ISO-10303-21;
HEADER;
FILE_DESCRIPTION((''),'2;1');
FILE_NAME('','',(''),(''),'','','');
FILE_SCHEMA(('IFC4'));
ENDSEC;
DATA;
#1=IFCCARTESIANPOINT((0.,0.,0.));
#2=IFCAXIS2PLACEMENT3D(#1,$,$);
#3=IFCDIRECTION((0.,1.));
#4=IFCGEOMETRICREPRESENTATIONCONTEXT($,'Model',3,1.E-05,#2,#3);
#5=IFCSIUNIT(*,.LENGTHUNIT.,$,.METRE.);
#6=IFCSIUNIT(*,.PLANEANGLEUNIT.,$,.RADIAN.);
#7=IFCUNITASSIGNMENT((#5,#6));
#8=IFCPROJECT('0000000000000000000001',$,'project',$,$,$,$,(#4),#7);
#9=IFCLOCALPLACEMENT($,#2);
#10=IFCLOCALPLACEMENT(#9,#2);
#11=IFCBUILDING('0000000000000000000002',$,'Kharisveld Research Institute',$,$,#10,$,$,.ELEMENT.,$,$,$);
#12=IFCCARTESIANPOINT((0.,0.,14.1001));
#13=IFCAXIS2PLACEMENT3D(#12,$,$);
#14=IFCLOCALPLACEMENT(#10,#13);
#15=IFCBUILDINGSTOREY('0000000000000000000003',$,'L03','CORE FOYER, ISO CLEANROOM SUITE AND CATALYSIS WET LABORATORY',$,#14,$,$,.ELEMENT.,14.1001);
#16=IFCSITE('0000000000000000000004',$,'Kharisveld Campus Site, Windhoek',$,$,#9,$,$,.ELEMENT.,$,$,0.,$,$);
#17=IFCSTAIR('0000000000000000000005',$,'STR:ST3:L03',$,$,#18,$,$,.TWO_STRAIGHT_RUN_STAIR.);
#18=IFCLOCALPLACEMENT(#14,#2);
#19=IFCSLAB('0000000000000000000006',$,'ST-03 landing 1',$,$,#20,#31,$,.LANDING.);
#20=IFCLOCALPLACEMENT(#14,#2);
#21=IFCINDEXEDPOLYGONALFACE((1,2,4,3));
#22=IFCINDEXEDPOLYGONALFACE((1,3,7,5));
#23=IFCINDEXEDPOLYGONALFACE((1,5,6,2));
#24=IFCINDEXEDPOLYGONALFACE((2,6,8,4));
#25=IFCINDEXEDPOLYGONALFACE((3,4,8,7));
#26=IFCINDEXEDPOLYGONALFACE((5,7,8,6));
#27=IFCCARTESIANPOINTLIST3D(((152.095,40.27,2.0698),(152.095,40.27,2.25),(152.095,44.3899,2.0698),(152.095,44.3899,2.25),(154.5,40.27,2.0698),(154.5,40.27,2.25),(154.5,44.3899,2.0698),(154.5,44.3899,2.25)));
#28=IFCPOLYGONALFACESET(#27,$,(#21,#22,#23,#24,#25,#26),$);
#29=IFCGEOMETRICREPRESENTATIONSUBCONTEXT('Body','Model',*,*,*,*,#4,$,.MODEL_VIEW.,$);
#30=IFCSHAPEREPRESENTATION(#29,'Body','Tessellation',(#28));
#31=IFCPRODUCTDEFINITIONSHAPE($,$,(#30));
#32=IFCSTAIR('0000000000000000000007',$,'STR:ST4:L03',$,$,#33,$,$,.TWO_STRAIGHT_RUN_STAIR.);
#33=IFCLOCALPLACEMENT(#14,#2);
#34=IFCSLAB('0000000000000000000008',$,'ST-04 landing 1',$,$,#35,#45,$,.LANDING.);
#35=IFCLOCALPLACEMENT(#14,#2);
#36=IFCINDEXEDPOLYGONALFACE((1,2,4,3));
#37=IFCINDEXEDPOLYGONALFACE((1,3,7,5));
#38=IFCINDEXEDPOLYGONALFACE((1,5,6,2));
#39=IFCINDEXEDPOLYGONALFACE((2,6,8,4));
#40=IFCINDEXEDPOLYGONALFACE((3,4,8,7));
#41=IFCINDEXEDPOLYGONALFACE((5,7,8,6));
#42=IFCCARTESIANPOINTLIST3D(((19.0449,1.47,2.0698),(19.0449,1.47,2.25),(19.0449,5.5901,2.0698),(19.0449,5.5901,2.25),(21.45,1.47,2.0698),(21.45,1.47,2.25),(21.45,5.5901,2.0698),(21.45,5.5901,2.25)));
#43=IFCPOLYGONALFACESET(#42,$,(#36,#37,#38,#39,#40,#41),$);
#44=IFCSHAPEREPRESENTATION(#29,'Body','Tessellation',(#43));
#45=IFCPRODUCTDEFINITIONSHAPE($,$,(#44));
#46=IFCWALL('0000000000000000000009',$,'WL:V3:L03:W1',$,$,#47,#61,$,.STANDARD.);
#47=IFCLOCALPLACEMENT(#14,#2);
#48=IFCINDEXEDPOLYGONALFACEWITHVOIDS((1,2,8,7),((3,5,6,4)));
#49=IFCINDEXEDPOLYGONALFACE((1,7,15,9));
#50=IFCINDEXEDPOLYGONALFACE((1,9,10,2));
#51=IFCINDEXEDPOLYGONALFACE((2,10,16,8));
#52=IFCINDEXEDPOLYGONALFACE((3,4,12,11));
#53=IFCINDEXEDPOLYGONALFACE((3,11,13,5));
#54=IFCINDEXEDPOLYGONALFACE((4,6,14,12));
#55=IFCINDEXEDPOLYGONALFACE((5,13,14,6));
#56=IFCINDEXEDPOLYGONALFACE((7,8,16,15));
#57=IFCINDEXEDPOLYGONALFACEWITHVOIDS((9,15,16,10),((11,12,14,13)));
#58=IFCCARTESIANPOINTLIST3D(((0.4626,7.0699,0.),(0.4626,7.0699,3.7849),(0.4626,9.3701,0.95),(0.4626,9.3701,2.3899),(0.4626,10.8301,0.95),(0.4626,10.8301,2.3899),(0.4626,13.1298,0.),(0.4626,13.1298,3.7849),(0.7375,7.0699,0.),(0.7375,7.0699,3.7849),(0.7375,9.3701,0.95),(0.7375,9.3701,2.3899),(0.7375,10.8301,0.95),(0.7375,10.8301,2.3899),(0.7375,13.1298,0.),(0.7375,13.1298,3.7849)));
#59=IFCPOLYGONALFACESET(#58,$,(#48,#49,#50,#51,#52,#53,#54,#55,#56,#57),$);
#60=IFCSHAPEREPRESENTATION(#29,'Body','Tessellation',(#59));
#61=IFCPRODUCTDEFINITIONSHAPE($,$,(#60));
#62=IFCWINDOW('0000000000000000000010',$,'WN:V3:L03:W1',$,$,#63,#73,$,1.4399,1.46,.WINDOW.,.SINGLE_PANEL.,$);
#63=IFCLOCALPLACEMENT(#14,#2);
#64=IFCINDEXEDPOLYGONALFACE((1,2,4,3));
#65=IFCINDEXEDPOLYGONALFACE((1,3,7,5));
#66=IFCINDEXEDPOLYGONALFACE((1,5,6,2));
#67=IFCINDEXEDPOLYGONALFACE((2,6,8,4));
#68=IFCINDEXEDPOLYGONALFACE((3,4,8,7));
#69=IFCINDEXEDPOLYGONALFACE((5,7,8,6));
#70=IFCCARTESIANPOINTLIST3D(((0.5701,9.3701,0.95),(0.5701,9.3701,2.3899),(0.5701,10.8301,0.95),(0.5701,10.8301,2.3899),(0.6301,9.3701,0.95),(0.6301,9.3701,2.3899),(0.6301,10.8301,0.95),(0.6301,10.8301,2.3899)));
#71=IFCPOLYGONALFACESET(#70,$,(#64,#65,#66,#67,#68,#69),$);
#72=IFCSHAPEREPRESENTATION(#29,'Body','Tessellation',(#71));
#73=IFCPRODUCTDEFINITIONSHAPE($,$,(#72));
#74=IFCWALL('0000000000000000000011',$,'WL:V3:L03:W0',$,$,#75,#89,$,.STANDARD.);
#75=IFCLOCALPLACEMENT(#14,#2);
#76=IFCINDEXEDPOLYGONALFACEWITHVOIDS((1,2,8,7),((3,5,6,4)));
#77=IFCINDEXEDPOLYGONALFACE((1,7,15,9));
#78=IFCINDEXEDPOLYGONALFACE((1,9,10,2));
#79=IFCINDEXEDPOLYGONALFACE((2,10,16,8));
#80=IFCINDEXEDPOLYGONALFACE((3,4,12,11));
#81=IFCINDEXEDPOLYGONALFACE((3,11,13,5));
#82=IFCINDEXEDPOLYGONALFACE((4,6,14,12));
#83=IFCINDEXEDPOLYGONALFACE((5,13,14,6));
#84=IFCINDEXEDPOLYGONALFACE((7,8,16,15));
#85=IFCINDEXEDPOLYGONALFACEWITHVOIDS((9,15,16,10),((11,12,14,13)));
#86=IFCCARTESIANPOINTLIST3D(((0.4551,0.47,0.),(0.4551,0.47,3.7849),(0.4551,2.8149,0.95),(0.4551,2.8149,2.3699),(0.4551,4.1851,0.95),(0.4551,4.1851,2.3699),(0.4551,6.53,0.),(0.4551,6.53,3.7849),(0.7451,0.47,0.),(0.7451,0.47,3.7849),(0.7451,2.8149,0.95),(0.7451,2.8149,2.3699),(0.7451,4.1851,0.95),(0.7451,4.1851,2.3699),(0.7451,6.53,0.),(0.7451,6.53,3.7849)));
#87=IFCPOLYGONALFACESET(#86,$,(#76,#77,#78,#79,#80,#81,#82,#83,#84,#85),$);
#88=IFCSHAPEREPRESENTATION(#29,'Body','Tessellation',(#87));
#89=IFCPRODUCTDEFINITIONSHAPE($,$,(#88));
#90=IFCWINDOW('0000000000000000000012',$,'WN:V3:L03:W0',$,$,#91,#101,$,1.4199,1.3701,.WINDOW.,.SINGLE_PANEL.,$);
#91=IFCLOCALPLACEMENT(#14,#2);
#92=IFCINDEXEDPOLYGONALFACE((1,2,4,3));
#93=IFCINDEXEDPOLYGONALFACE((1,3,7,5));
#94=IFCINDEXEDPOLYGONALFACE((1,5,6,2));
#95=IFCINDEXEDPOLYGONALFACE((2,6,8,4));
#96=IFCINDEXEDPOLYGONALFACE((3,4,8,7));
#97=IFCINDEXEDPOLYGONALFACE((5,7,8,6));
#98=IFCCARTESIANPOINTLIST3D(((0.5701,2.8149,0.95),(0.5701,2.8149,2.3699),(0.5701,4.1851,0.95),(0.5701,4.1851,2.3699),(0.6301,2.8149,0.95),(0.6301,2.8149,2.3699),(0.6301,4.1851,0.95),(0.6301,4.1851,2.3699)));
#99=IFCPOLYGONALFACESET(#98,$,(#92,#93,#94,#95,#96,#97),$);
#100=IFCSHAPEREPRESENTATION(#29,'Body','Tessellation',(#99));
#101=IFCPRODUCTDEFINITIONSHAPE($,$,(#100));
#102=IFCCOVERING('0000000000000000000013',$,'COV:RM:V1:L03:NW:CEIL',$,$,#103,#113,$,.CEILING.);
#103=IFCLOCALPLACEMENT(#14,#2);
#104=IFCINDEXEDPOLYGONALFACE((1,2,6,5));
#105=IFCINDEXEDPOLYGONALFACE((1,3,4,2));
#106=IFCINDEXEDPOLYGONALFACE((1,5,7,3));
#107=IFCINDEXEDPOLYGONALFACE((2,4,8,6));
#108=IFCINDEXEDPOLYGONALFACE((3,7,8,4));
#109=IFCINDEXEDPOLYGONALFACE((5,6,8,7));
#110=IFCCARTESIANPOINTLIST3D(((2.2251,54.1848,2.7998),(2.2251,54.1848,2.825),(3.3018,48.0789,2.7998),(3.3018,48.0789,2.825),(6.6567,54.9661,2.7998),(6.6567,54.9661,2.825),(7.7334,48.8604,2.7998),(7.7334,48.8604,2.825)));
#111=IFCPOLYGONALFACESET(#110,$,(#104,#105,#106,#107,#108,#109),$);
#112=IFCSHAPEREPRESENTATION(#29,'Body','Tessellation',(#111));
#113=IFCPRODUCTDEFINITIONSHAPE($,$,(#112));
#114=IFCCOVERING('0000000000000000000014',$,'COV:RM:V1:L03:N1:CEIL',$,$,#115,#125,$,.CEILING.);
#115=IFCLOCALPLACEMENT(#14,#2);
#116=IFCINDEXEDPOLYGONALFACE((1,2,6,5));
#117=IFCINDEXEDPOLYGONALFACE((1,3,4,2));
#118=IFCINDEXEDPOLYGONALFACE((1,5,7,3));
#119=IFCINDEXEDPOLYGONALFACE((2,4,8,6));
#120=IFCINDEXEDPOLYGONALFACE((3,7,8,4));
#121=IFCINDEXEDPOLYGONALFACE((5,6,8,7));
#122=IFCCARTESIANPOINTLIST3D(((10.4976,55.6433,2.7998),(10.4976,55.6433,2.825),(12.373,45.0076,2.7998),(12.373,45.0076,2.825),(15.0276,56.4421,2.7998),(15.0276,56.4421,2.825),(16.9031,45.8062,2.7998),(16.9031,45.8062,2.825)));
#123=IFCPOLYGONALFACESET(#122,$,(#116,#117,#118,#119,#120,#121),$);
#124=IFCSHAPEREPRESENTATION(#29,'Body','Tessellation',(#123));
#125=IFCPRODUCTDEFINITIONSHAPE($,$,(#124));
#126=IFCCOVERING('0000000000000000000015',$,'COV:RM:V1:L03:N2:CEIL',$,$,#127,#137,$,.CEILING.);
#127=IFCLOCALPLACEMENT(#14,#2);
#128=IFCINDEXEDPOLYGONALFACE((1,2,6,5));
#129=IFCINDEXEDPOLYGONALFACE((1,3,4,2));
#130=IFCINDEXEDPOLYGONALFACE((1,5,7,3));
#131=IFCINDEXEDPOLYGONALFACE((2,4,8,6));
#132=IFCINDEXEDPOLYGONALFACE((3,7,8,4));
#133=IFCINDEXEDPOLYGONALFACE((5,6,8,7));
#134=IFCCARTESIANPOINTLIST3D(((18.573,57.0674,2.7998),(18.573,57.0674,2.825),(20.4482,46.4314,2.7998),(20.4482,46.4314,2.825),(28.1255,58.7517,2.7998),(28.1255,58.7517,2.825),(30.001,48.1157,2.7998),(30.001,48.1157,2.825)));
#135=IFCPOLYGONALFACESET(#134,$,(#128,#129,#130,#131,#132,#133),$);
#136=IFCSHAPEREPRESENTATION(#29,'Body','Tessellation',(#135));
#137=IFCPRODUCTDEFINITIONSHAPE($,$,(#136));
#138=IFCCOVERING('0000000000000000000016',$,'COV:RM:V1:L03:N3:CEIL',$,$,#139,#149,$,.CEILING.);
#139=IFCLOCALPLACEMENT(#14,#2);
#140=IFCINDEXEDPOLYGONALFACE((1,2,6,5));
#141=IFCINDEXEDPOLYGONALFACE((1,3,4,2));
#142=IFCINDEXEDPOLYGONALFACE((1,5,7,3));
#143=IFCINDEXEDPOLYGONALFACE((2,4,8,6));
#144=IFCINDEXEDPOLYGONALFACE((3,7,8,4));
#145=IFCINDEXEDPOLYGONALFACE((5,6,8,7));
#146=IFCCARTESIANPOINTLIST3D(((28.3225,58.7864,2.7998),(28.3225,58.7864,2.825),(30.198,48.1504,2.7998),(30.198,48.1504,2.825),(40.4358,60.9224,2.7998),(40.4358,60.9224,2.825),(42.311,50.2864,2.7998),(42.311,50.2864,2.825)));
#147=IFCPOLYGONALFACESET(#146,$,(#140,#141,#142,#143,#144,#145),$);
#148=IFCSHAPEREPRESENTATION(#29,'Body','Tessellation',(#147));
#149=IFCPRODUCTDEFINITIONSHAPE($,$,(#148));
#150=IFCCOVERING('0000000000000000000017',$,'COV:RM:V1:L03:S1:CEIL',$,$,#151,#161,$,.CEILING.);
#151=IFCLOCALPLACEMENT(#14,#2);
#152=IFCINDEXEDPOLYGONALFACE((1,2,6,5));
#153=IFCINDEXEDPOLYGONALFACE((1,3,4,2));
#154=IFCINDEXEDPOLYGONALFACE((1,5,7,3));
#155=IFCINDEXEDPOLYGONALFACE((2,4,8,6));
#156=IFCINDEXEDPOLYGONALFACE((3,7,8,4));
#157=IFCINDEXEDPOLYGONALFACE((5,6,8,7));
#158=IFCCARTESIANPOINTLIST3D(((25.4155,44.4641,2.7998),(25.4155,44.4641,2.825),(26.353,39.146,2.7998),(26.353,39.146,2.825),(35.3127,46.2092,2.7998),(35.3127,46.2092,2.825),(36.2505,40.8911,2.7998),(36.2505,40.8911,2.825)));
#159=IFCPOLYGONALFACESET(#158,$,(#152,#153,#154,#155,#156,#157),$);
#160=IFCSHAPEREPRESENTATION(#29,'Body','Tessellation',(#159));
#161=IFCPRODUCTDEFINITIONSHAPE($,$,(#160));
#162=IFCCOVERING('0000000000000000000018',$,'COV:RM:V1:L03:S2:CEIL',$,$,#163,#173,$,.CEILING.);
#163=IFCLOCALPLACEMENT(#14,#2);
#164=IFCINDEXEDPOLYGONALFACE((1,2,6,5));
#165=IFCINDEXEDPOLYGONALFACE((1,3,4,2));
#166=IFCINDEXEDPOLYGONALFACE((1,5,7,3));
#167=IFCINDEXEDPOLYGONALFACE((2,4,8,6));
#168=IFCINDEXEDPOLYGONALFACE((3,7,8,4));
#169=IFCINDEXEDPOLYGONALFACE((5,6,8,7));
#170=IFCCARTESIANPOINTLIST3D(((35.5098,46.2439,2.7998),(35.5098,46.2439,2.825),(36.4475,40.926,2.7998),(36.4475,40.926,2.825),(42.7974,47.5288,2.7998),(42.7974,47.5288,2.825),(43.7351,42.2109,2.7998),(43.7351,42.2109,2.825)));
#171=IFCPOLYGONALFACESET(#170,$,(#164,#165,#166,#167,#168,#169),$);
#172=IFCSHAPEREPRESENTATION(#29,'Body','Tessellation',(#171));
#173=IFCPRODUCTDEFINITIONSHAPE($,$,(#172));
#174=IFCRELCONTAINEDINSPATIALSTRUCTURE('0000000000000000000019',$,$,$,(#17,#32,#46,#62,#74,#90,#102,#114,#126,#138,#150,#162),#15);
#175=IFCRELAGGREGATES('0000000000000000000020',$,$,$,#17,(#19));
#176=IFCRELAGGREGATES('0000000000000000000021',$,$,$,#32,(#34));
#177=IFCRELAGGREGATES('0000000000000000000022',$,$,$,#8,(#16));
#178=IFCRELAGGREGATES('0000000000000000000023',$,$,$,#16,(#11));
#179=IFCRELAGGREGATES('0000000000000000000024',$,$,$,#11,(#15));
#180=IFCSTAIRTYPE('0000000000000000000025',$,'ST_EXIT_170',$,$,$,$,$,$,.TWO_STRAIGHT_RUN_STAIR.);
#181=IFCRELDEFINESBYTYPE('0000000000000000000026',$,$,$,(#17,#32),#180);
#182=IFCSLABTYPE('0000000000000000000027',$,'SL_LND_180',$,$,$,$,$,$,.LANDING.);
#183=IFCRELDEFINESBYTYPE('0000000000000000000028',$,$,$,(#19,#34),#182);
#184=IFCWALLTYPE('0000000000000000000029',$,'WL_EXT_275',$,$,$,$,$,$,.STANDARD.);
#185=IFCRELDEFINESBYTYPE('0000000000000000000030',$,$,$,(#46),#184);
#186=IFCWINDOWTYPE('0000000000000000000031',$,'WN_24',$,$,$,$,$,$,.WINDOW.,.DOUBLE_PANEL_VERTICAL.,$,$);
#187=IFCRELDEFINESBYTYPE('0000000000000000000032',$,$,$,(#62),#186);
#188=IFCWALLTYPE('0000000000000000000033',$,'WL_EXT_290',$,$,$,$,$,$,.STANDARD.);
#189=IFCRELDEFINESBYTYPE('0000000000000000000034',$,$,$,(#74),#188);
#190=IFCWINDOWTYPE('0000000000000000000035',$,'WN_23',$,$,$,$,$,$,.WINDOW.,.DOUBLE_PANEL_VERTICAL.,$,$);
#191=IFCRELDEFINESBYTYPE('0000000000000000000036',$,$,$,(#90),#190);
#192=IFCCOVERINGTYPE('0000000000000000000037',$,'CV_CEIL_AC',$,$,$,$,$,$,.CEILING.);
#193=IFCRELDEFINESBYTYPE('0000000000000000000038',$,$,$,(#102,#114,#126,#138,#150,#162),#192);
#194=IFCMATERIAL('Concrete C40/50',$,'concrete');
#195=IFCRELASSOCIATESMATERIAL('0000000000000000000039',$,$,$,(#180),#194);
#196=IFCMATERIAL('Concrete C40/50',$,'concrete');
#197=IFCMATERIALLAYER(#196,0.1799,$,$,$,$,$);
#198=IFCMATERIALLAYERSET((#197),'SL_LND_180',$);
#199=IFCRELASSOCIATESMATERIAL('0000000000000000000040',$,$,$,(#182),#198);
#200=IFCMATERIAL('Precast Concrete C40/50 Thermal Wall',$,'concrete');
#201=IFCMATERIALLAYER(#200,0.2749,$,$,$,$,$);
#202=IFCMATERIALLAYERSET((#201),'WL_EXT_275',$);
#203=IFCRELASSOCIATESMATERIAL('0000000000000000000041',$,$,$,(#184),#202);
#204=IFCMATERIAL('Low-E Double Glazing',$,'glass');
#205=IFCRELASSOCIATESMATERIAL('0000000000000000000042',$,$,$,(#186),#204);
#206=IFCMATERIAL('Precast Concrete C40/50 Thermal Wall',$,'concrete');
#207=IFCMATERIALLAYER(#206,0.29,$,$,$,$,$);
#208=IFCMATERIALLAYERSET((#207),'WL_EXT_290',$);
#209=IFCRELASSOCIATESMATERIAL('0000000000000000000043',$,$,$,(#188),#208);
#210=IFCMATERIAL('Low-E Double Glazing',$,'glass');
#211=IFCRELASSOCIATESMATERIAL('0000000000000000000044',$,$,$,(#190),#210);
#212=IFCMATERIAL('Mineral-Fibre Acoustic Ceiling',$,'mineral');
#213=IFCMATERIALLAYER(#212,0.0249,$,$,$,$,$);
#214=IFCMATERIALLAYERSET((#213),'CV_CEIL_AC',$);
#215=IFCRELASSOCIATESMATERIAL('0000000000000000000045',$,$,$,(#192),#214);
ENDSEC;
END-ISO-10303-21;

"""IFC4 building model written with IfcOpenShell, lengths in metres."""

from ifc_helpers import new_model, si_unit, direction, frame, frame_2d, origin, place, context, subcontext, project, spatial, polyline, rectangle, outline, extrude, material, layer, layer_set, type_object, element, fill, aggregate, save


model = new_model("IFC4")

# Units and contexts
model_context = context("Model", 3, precision=1e-05, world=origin(), true_north=direction((0.0, 1.0)))
body_context = subcontext(model_context, "Body", "Model", "MODEL_VIEW")
ifc_project = project(units=[si_unit("LENGTHUNIT", "METRE"), si_unit("PLANEANGLEUNIT", "RADIAN")], contexts=[model_context])

# Site, building, storey
site_placement = place(None, origin())
site = spatial("IfcSite", under=ifc_project, at=site_placement, Name="Kharisveld Campus Site, Windhoek", CompositionType="ELEMENT", RefElevation=0.0)
building_placement = place(site_placement, origin())
building = spatial("IfcBuilding", under=site, at=building_placement, Name="Kharisveld Research Institute", CompositionType="ELEMENT")
storey_placement = place(building_placement, frame((0.0, 0.0, 14.1001)))
storey = spatial("IfcBuildingStorey", under=building, at=storey_placement, Name="L03", Description="CORE FOYER, ISO CLEANROOM SUITE AND CATALYSIS WET LABORATORY", CompositionType="ELEMENT", Elevation=14.1001)

# Stairs, slabs
ifc_material_1 = material(Name="Concrete C40/50", Category="concrete")
stair_type = type_object("IfcStairType", Name="ST_EXIT_170", PredefinedType="TWO_STRAIGHT_RUN_STAIR", material=ifc_material_1)
ifc_material_2 = material(Name="Concrete C40/50", Category="concrete")
ifc_layer_1 = layer(ifc_material_2, 0.1799)
ifc_layer_set_1 = layer_set([ifc_layer_1], Name="SL_LND_180")
slab_type_1 = type_object("IfcSlabType", Name="SL_LND_180", PredefinedType="LANDING", material=ifc_layer_set_1)
stair_1_placement = place(storey_placement, origin())
stair_1 = element("IfcStair", 1, at=stair_1_placement, inside=storey, type_object=stair_type, Name="STR:ST3:L03", PredefinedType="TWO_STRAIGHT_RUN_STAIR")
slab_1_placement = place(storey_placement, frame((0.0, 0.0, 2.0698)))
slab_1 = element("IfcSlab", 2, at=slab_1_placement, type_object=slab_type_1, Name="ST-03 landing 1", PredefinedType="LANDING", context=body_context, shape_type="SweptSolid", body=[
    extrude(outline(polyline([(152.095, 40.27), (154.5, 40.27), (154.5, 44.3899), (152.095, 44.3899), (152.095, 40.27)])), origin(), (0.0, 0.0, 1.0), 0.1802),
])
aggregate(stair_1, [slab_1])
stair_2_placement = place(storey_placement, origin())
stair_2 = element("IfcStair", 3, at=stair_2_placement, inside=storey, type_object=stair_type, Name="STR:ST4:L03", PredefinedType="TWO_STRAIGHT_RUN_STAIR")
slab_2_placement = place(storey_placement, frame((0.0, 0.0, 2.0698)))
slab_2 = element("IfcSlab", 4, at=slab_2_placement, type_object=slab_type_1, Name="ST-04 landing 1", PredefinedType="LANDING", context=body_context, shape_type="SweptSolid", body=[
    extrude(outline(polyline([(19.0449, 1.47), (21.45, 1.47), (21.45, 5.5901), (19.0449, 5.5901), (19.0449, 1.47)])), origin(), (0.0, 0.0, 1.0), 0.1802),
])
aggregate(stair_2, [slab_2])

# Walls, openings, windows
ifc_material_3 = material(Name="Precast Concrete C40/50 Thermal Wall", Category="concrete")
ifc_layer_2 = layer(ifc_material_3, 0.2749)
ifc_layer_set_2 = layer_set([ifc_layer_2], Name="WL_EXT_275")
wall_type_1 = type_object("IfcWallType", Name="WL_EXT_275", PredefinedType="STANDARD", material=ifc_layer_set_2)
wall_1_placement = place(storey_placement, frame((0.6001, 7.0701, 0.0), z_axis=(0.0, 0.0, 1.0), x_axis=(0.0, 1.0, 0.0)))
wall_1 = element("IfcWall", 5, at=wall_1_placement, inside=storey, type_object=wall_type_1, Name="WL:V3:L03:W1", PredefinedType="STANDARD", context=body_context, shape_type="SweptSolid", body=[
    extrude(rectangle(XDim=6.0598, YDim=0.2749, at=frame_2d((3.0298, 0.0))), origin(), (0.0, 0.0, 1.0), 3.7849),
])
opening_1_placement = place(wall_1_placement, frame((2.3, 0.0, 0.95)))
opening_1 = element("IfcOpeningElement", 6, at=opening_1_placement, cuts=wall_1, PredefinedType="OPENING", context=body_context, shape_type="SweptSolid", body=[
    extrude(rectangle(XDim=1.46, YDim=1.4399, at=frame_2d((0.73, 0.72))), frame((0.0, 0.1375, 0.0), z_axis=(0.0, -1.0, 0.0), x_axis=(1.0, 0.0, 0.0)), (0.0, 0.0, 1.0), 0.2749),
])
ifc_material_4 = material(Name="Low-E Double Glazing", Category="glass")
window_type_1 = type_object("IfcWindowType", Name="WN_24", PartitioningType="DOUBLE_PANEL_VERTICAL", PredefinedType="WINDOW", material=ifc_material_4)
window_1_placement = place(opening_1_placement, origin())
window_1 = element("IfcWindow", 7, at=window_1_placement, inside=storey, type_object=window_type_1, Name="WN:V3:L03:W1", OverallHeight=1.4399, OverallWidth=1.46, PartitioningType="SINGLE_PANEL", PredefinedType="WINDOW", context=body_context, shape_type="SweptSolid", body=[
    extrude(rectangle(XDim=1.46, YDim=1.4399, at=frame_2d((0.73, 0.72))), frame((0.0, 0.03, 0.0), z_axis=(0.0, -1.0, 0.0), x_axis=(1.0, 0.0, 0.0)), (0.0, 0.0, 1.0), 0.0601),
])
fill(opening_1, window_1)
ifc_material_5 = material(Name="Precast Concrete C40/50 Thermal Wall", Category="concrete")
ifc_layer_3 = layer(ifc_material_5, 0.29)
ifc_layer_set_3 = layer_set([ifc_layer_3], Name="WL_EXT_290")
wall_type_2 = type_object("IfcWallType", Name="WL_EXT_290", PredefinedType="STANDARD", material=ifc_layer_set_3)
wall_2_placement = place(storey_placement, frame((0.6001, 0.47, 0.0), z_axis=(0.0, 0.0, 1.0), x_axis=(0.0, 1.0, 0.0)))
wall_2 = element("IfcWall", 8, at=wall_2_placement, inside=storey, type_object=wall_type_2, Name="WL:V3:L03:W0", PredefinedType="STANDARD", context=body_context, shape_type="SweptSolid", body=[
    extrude(rectangle(XDim=6.0601, YDim=0.29, at=frame_2d((3.03, 0.0))), origin(), (0.0, 0.0, 1.0), 3.7849),
])
opening_2_placement = place(wall_2_placement, frame((2.345, 0.0, 0.95)))
opening_2 = element("IfcOpeningElement", 9, at=opening_2_placement, cuts=wall_2, PredefinedType="OPENING", context=body_context, shape_type="SweptSolid", body=[
    extrude(rectangle(XDim=1.3701, YDim=1.4199, at=frame_2d((0.6851, 0.71))), frame((0.0, 0.145, 0.0), z_axis=(0.0, -1.0, 0.0), x_axis=(1.0, 0.0, 0.0)), (0.0, 0.0, 1.0), 0.29),
])
ifc_material_6 = material(Name="Low-E Double Glazing", Category="glass")
window_type_2 = type_object("IfcWindowType", Name="WN_23", PartitioningType="DOUBLE_PANEL_VERTICAL", PredefinedType="WINDOW", material=ifc_material_6)
window_2_placement = place(opening_2_placement, origin())
window_2 = element("IfcWindow", 10, at=window_2_placement, inside=storey, type_object=window_type_2, Name="WN:V3:L03:W0", OverallHeight=1.4199, OverallWidth=1.3701, PartitioningType="SINGLE_PANEL", PredefinedType="WINDOW", context=body_context, shape_type="SweptSolid", body=[
    extrude(rectangle(XDim=1.3701, YDim=1.4199, at=frame_2d((0.6851, 0.71))), frame((0.0, 0.03, 0.0), z_axis=(0.0, -1.0, 0.0), x_axis=(1.0, 0.0, 0.0)), (0.0, 0.0, 1.0), 0.0601),
])
fill(opening_2, window_2)

# Coverings
ifc_material_7 = material(Name="Mineral-Fibre Acoustic Ceiling", Category="mineral")
ifc_layer_4 = layer(ifc_material_7, 0.0249)
ifc_layer_set_4 = layer_set([ifc_layer_4], Name="CV_CEIL_AC")
covering_type_1 = type_object("IfcCoveringType", Name="CV_CEIL_AC", PredefinedType="CEILING", material=ifc_layer_set_4)
covering_1_placement = place(storey_placement, frame((0.0, 0.0, 2.7998)))
element("IfcCovering", 11, at=covering_1_placement, inside=storey, type_object=covering_type_1, Name="COV:RM:V1:L03:NW:CEIL", PredefinedType="CEILING", context=body_context, shape_type="SweptSolid", body=[
    extrude(outline(polyline([(3.3018, 48.0789), (7.7334, 48.8604), (6.6567, 54.9661), (2.2251, 54.1848), (3.3018, 48.0789)])), origin(), (0.0, 0.0, 1.0), 0.0251),
])
covering_2_placement = place(storey_placement, frame((0.0, 0.0, 2.7998)))
element("IfcCovering", 12, at=covering_2_placement, inside=storey, type_object=covering_type_1, Name="COV:RM:V1:L03:N1:CEIL", PredefinedType="CEILING", context=body_context, shape_type="SweptSolid", body=[
    extrude(outline(polyline([(12.373, 45.0076), (16.9031, 45.8062), (15.0276, 56.4421), (10.4976, 55.6433), (12.373, 45.0076)])), origin(), (0.0, 0.0, 1.0), 0.0251),
])
covering_3_placement = place(storey_placement, frame((0.0, 0.0, 2.7998)))
element("IfcCovering", 13, at=covering_3_placement, inside=storey, type_object=covering_type_1, Name="COV:RM:V1:L03:N2:CEIL", PredefinedType="CEILING", context=body_context, shape_type="SweptSolid", body=[
    extrude(outline(polyline([(20.4482, 46.4314), (30.001, 48.1157), (28.1255, 58.7517), (18.573, 57.0674), (20.4482, 46.4314)])), origin(), (0.0, 0.0, 1.0), 0.0251),
])
covering_4_placement = place(storey_placement, frame((0.0, 0.0, 2.7998)))
element("IfcCovering", 14, at=covering_4_placement, inside=storey, type_object=covering_type_1, Name="COV:RM:V1:L03:N3:CEIL", PredefinedType="CEILING", context=body_context, shape_type="SweptSolid", body=[
    extrude(outline(polyline([(30.198, 48.1504), (42.311, 50.2864), (40.4358, 60.9224), (28.3225, 58.7864), (30.198, 48.1504)])), origin(), (0.0, 0.0, 1.0), 0.0251),
])
covering_5_placement = place(storey_placement, frame((0.0, 0.0, 2.7998)))
element("IfcCovering", 15, at=covering_5_placement, inside=storey, type_object=covering_type_1, Name="COV:RM:V1:L03:S1:CEIL", PredefinedType="CEILING", context=body_context, shape_type="SweptSolid", body=[
    extrude(outline(polyline([(26.353, 39.146), (36.2505, 40.8911), (35.3127, 46.2092), (25.4155, 44.4641), (26.353, 39.146)])), origin(), (0.0, 0.0, 1.0), 0.0251),
])
covering_6_placement = place(storey_placement, frame((0.0, 0.0, 2.7998)))
element("IfcCovering", 16, at=covering_6_placement, inside=storey, type_object=covering_type_1, Name="COV:RM:V1:L03:S2:CEIL", PredefinedType="CEILING", context=body_context, shape_type="SweptSolid", body=[
    extrude(outline(polyline([(36.4475, 40.926), (43.7351, 42.2109), (42.7974, 47.5288), (35.5098, 46.2439), (36.4475, 40.926)])), origin(), (0.0, 0.0, 1.0), 0.0251),
])

save(model, "model.ifc")
